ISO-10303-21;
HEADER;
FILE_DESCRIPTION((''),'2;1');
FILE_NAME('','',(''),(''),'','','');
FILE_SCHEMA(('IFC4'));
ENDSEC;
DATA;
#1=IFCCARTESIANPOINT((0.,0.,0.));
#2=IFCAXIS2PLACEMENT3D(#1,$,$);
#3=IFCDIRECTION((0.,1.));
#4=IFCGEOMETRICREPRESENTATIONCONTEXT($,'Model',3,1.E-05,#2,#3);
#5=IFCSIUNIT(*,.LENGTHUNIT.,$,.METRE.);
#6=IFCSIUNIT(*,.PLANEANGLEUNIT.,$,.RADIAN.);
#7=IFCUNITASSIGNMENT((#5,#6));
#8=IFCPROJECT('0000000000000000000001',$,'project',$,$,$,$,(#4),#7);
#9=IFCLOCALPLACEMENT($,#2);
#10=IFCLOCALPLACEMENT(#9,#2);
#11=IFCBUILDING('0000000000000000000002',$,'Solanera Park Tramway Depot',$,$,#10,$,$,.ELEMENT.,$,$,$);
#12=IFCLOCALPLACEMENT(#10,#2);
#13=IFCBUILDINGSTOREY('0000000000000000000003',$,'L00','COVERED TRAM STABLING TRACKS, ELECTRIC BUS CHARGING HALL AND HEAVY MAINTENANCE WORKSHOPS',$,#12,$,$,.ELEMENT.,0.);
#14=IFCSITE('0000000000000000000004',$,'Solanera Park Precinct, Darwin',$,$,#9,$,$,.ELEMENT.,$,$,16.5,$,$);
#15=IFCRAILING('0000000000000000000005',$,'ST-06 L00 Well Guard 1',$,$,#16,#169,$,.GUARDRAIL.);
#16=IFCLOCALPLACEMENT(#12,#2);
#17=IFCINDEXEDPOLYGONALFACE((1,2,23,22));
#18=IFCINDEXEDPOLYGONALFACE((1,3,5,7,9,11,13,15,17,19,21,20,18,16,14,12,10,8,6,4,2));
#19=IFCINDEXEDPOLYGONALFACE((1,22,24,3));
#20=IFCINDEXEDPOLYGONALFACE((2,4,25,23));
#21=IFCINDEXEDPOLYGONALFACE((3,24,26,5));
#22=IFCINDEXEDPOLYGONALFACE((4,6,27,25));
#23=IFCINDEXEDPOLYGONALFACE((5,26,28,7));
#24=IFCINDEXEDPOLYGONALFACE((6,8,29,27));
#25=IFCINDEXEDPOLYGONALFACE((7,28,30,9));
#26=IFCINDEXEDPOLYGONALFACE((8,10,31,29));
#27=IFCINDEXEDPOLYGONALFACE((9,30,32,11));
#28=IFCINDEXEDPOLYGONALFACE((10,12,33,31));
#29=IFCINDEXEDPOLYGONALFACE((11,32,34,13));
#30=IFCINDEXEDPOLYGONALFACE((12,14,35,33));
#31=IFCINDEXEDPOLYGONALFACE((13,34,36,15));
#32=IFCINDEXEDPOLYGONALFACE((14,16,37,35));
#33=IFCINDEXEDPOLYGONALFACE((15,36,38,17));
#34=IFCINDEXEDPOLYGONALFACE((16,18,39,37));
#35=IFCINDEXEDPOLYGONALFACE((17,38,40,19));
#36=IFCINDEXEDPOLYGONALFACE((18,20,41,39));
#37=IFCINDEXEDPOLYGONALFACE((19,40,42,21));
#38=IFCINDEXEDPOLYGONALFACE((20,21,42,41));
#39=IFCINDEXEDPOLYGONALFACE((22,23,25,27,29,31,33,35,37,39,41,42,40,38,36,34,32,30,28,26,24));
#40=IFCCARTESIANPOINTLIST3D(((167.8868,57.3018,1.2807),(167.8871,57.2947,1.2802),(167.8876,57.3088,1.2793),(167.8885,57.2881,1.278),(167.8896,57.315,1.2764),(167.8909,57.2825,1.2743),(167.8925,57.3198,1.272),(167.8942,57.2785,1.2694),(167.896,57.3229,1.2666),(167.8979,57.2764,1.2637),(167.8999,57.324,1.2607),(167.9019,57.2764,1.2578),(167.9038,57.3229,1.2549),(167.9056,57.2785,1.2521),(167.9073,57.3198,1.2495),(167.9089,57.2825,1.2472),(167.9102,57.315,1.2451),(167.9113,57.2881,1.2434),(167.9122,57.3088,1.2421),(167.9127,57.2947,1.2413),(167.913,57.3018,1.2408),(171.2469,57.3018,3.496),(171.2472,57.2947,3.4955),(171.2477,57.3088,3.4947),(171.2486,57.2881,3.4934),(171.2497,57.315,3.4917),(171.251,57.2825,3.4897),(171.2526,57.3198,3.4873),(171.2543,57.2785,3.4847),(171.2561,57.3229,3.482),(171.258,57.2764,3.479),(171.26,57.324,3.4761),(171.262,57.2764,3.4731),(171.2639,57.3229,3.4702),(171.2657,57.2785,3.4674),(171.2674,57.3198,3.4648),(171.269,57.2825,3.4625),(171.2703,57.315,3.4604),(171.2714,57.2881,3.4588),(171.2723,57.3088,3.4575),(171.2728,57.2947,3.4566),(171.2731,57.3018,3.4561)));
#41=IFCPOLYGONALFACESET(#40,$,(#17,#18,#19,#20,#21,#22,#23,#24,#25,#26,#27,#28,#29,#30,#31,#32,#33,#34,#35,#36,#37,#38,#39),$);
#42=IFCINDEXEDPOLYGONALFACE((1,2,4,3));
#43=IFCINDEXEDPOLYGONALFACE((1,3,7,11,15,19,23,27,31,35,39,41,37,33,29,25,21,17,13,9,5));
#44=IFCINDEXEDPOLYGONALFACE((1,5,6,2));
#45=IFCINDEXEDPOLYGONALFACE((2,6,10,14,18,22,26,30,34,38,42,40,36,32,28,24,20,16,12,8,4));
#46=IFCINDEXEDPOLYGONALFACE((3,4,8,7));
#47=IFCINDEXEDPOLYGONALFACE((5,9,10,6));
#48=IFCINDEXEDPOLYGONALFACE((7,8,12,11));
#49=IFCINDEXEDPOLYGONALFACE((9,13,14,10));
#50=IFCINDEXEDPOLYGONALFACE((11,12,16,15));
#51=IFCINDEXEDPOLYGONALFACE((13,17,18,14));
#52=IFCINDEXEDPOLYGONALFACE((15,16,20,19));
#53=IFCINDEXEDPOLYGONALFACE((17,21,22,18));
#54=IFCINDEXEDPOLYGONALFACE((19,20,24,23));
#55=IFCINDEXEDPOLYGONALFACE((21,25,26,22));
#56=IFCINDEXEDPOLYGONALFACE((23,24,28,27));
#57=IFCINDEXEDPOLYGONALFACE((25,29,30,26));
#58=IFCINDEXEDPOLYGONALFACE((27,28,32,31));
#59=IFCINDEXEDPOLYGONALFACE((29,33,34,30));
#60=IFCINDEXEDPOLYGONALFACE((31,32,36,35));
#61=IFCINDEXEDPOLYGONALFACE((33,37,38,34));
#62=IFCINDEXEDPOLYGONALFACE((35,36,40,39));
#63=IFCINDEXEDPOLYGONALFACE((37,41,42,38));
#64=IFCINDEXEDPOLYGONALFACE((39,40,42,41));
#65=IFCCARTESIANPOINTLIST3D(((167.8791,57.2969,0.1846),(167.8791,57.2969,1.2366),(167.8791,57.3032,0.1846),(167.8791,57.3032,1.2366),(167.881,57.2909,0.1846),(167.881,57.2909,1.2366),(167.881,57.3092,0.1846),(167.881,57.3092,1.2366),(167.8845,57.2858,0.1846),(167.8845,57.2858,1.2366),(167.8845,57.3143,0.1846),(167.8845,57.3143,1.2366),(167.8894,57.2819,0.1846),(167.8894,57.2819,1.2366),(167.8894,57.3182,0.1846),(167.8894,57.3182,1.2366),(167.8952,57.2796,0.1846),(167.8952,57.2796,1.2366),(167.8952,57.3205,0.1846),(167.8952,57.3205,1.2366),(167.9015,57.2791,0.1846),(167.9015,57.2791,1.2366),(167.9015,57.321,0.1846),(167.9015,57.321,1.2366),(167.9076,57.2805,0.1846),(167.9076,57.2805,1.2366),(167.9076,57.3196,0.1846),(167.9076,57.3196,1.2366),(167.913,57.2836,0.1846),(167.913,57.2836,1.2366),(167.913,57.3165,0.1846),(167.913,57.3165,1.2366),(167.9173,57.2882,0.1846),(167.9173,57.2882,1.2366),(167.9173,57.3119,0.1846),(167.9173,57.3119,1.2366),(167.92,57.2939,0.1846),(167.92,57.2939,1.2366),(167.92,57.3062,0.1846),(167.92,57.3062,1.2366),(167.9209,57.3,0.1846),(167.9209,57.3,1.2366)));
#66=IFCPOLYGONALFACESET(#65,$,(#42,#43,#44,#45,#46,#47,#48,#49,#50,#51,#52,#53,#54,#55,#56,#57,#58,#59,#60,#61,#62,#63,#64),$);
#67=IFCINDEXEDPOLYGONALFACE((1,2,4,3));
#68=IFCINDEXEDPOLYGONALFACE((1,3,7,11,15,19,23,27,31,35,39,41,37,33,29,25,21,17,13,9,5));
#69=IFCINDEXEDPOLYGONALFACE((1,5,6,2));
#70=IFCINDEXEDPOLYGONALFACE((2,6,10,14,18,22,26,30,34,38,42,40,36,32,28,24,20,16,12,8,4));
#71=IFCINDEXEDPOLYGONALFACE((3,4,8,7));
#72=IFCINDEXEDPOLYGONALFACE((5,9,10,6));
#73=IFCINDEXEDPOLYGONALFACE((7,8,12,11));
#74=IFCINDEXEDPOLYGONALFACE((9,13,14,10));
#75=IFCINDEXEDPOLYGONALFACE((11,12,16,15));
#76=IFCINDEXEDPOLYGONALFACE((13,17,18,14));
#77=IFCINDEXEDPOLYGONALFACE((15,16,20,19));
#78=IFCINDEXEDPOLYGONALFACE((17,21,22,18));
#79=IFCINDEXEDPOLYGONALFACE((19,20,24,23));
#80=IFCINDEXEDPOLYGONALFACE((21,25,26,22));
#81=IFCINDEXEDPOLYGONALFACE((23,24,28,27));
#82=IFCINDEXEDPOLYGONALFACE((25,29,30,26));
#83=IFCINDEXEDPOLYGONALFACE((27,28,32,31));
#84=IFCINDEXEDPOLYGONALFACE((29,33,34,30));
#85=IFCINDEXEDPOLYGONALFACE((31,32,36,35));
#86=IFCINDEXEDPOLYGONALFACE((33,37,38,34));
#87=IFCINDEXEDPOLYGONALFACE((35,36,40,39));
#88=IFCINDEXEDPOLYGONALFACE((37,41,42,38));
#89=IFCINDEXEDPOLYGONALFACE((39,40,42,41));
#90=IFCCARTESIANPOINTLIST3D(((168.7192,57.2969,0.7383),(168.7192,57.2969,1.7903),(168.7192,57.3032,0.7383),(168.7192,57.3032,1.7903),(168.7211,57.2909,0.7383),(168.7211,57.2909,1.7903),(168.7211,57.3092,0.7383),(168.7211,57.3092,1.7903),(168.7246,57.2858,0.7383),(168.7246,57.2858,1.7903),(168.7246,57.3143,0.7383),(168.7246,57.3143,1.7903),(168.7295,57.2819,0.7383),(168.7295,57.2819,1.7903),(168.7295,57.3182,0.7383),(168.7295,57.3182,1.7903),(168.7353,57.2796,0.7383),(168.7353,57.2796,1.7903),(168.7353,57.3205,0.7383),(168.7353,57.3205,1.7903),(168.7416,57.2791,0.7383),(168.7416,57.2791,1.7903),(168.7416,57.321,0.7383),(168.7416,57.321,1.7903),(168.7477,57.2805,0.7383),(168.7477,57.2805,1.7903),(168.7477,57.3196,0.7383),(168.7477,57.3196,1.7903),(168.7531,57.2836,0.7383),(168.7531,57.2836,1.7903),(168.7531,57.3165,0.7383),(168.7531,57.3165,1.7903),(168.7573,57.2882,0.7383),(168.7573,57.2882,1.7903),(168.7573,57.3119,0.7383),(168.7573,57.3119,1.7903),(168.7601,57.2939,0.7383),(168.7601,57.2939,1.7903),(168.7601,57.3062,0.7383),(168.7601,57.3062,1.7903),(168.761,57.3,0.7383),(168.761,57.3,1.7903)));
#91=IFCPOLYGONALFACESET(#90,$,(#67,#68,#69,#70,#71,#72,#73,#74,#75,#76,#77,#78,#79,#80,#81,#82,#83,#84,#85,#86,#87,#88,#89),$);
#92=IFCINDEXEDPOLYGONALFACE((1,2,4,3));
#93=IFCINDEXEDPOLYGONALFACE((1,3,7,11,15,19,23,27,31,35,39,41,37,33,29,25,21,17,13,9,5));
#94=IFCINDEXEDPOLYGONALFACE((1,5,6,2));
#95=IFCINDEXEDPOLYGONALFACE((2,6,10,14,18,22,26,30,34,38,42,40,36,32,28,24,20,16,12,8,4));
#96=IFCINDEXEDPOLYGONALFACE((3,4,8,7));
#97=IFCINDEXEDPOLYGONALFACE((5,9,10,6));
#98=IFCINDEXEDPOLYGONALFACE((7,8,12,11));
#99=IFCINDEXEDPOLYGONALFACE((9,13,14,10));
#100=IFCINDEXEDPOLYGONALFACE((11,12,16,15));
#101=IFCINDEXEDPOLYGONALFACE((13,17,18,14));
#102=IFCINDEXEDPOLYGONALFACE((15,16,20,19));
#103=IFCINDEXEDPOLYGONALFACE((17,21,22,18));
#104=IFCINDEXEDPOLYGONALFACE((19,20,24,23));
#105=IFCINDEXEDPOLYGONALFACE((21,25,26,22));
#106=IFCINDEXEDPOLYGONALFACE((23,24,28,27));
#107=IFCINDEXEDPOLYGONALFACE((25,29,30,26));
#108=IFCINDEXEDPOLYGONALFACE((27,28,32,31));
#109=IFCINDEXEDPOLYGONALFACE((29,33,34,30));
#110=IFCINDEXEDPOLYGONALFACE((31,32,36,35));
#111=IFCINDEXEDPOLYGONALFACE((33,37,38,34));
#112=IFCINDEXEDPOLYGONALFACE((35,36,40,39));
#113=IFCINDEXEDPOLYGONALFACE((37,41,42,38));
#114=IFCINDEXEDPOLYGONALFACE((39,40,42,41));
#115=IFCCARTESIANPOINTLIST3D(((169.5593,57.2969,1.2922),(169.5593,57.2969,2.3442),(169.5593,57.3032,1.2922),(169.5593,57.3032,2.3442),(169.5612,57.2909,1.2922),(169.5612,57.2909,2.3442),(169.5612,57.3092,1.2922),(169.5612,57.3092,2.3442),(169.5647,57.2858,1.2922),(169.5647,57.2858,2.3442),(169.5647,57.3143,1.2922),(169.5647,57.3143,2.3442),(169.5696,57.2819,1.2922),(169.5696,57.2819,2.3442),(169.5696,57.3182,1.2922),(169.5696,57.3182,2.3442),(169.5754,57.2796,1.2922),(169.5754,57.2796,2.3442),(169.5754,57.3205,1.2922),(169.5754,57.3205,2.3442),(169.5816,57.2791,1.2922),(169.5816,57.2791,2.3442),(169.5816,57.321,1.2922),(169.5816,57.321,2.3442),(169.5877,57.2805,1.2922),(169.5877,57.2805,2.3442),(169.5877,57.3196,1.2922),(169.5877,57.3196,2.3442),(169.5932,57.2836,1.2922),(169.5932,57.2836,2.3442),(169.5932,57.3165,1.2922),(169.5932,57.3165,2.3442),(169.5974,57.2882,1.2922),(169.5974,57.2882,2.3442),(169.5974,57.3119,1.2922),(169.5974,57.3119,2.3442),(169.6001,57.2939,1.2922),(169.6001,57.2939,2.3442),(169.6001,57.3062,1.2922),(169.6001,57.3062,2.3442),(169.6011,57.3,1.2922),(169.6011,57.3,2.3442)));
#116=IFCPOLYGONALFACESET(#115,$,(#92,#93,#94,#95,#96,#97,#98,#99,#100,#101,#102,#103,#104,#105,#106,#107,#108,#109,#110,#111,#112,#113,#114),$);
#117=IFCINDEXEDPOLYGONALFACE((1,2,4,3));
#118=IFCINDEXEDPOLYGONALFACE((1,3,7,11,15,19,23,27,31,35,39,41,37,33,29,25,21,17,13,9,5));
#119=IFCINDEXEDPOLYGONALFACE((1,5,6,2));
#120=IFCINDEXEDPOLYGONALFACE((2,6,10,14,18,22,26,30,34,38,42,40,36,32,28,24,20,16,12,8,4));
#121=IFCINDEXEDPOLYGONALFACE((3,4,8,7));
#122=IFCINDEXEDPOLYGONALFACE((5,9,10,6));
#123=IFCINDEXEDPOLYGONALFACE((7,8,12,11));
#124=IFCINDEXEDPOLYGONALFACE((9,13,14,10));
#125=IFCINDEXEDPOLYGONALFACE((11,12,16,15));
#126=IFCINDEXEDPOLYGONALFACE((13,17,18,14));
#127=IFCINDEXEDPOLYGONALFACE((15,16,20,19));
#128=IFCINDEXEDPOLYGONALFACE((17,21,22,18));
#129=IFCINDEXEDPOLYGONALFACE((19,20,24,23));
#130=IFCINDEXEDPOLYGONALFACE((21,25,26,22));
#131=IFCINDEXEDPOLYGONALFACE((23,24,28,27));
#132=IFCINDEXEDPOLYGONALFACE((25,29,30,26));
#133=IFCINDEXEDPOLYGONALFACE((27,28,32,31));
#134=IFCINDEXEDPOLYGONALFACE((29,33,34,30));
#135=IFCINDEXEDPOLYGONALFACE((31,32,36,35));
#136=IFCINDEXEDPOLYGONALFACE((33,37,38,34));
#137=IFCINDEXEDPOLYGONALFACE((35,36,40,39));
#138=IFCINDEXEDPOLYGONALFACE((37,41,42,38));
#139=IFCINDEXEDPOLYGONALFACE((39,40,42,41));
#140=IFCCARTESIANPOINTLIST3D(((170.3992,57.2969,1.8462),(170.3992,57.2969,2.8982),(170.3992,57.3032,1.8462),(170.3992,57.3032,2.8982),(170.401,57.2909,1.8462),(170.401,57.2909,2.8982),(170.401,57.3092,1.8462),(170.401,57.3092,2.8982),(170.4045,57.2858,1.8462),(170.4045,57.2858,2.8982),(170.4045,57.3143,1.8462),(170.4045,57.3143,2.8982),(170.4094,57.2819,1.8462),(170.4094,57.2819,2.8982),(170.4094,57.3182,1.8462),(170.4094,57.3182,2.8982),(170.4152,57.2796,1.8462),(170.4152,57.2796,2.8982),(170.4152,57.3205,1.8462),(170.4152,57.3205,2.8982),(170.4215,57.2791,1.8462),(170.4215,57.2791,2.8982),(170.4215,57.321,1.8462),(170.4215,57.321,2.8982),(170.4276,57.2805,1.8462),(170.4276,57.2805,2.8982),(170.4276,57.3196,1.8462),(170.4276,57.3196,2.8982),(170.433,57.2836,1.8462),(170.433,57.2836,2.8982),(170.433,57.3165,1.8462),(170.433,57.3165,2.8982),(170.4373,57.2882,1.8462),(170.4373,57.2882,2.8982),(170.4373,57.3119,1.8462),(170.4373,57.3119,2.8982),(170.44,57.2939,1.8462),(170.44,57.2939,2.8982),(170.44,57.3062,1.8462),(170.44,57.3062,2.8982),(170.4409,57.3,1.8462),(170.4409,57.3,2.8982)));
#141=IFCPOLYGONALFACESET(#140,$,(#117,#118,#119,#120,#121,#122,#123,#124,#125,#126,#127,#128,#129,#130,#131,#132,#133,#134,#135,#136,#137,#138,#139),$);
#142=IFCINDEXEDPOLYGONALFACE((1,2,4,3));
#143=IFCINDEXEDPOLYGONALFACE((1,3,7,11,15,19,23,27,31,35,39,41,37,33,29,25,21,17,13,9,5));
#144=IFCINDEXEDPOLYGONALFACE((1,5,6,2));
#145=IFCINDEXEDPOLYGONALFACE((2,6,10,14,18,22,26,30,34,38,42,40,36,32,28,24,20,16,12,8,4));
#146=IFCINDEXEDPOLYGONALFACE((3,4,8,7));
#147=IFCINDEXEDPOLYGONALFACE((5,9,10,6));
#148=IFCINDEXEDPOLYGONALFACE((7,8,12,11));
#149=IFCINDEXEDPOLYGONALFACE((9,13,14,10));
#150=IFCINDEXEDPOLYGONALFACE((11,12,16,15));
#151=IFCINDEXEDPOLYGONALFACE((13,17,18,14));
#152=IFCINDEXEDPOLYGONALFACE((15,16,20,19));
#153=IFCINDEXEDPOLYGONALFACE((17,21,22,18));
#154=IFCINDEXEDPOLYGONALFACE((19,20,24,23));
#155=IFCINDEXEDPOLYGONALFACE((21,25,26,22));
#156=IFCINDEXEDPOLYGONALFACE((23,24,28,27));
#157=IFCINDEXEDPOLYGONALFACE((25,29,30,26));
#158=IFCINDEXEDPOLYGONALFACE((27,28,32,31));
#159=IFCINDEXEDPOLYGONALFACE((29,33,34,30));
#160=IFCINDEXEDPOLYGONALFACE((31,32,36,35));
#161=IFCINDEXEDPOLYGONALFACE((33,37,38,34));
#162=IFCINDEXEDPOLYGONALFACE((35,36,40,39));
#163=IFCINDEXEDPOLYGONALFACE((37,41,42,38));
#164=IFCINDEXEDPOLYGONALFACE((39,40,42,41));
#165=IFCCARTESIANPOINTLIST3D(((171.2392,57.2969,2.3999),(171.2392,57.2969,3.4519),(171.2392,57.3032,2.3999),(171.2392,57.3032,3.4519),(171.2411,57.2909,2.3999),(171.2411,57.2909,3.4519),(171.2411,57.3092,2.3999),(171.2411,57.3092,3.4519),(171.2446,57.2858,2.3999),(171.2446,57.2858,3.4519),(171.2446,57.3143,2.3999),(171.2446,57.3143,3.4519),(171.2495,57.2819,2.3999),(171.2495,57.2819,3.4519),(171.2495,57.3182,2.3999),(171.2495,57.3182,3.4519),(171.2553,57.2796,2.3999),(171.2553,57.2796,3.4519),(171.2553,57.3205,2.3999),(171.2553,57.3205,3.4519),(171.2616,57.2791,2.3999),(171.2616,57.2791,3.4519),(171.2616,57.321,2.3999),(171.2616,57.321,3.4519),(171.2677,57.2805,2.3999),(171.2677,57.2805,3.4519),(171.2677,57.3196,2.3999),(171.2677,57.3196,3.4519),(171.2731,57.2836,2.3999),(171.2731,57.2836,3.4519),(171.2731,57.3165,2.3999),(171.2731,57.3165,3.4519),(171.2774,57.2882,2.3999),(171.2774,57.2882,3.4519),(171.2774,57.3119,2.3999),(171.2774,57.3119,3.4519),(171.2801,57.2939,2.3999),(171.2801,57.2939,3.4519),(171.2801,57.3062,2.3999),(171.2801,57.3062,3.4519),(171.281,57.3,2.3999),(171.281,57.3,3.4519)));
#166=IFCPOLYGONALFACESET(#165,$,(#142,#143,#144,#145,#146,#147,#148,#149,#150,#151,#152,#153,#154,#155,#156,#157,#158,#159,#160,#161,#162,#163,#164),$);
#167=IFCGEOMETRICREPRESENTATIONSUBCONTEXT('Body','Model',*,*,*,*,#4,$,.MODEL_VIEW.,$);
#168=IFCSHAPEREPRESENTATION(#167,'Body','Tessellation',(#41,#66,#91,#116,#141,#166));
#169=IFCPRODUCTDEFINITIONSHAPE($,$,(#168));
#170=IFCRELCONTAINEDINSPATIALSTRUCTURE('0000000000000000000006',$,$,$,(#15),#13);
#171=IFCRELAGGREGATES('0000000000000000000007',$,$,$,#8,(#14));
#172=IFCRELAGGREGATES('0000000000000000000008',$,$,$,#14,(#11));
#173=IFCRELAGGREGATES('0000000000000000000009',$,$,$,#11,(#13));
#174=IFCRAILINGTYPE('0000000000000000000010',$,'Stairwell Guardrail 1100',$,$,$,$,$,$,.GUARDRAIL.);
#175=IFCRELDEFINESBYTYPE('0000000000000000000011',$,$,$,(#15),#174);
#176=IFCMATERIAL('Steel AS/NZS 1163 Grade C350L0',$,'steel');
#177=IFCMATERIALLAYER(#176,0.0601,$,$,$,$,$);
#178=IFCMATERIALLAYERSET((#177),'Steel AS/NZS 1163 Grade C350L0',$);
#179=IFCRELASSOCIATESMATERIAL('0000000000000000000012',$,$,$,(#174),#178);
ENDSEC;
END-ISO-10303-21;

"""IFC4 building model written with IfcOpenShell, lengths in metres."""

from ifc_helpers import new_model, si_unit, direction, frame, origin, origin_2d, place, context, subcontext, project, spatial, circle, extrude, material, layer, layer_set, type_object, element, save


model = new_model("IFC4")

# Units and contexts
model_context = context("Model", 3, precision=1e-05, world=origin(), true_north=direction((0.0, 1.0)))
body_context = subcontext(model_context, "Body", "Model", "MODEL_VIEW")
ifc_project = project(units=[si_unit("LENGTHUNIT", "METRE"), si_unit("PLANEANGLEUNIT", "RADIAN")], contexts=[model_context])

# Site, building, storey
site_placement = place(None, origin())
site = spatial("IfcSite", under=ifc_project, at=site_placement, Name="Solanera Park Precinct, Darwin", CompositionType="ELEMENT", RefElevation=16.5)
building_placement = place(site_placement, origin())
building = spatial("IfcBuilding", under=site, at=building_placement, Name="Solanera Park Tramway Depot", CompositionType="ELEMENT")
storey_placement = place(building_placement, origin())
storey = spatial("IfcBuildingStorey", under=building, at=storey_placement, Name="L00", Description="COVERED TRAM STABLING TRACKS, ELECTRIC BUS CHARGING HALL AND HEAVY MAINTENANCE WORKSHOPS", CompositionType="ELEMENT", Elevation=0.0)

# Railing
ifc_material_1 = material(Name="Steel AS/NZS 1163 Grade C350L0", Category="steel")
ifc_layer_1 = layer(ifc_material_1, 0.0601)
ifc_layer_set_1 = layer_set([ifc_layer_1], Name="Steel AS/NZS 1163 Grade C350L0")
railing_type_1 = type_object("IfcRailingType", Name="Stairwell Guardrail 1100", PredefinedType="GUARDRAIL", material=ifc_layer_set_1)
railing_1_placement = place(storey_placement, frame((167.8999, 57.3, 0.1846)))
element("IfcRailing", 1, at=railing_1_placement, inside=storey, type_object=railing_type_1, Name="ST-06 L00 Well Guard 1", PredefinedType="GUARDRAIL", context=body_context, shape_type="SweptSolid", body=[
    extrude(circle(Radius=0.0239, at=origin_2d()), frame((0.0, 0.0, 1.0762), z_axis=(0.834876, 0.0, 0.550437), x_axis=(0.0, 1.0, 0.0)), (0.0, 0.0, 1.0), 4.0247),
    extrude(circle(Radius=0.021, at=origin_2d()), origin(), (0.0, 0.0, 1.0), 1.052),
    extrude(circle(Radius=0.021, at=origin_2d()), frame((0.8401, 0.0, 0.5537)), (0.0, 0.0, 1.0), 1.052),
    extrude(circle(Radius=0.021, at=origin_2d()), frame((1.6802, 0.0, 1.1077)), (0.0, 0.0, 1.0), 1.052),
    extrude(circle(Radius=0.021, at=origin_2d()), frame((2.52, 0.0, 1.6616)), (0.0, 0.0, 1.0), 1.052),
    extrude(circle(Radius=0.021, at=origin_2d()), frame((3.3601, 0.0, 2.2153)), (0.0, 0.0, 1.0), 1.052),
])

save(model, "model.ifc")
